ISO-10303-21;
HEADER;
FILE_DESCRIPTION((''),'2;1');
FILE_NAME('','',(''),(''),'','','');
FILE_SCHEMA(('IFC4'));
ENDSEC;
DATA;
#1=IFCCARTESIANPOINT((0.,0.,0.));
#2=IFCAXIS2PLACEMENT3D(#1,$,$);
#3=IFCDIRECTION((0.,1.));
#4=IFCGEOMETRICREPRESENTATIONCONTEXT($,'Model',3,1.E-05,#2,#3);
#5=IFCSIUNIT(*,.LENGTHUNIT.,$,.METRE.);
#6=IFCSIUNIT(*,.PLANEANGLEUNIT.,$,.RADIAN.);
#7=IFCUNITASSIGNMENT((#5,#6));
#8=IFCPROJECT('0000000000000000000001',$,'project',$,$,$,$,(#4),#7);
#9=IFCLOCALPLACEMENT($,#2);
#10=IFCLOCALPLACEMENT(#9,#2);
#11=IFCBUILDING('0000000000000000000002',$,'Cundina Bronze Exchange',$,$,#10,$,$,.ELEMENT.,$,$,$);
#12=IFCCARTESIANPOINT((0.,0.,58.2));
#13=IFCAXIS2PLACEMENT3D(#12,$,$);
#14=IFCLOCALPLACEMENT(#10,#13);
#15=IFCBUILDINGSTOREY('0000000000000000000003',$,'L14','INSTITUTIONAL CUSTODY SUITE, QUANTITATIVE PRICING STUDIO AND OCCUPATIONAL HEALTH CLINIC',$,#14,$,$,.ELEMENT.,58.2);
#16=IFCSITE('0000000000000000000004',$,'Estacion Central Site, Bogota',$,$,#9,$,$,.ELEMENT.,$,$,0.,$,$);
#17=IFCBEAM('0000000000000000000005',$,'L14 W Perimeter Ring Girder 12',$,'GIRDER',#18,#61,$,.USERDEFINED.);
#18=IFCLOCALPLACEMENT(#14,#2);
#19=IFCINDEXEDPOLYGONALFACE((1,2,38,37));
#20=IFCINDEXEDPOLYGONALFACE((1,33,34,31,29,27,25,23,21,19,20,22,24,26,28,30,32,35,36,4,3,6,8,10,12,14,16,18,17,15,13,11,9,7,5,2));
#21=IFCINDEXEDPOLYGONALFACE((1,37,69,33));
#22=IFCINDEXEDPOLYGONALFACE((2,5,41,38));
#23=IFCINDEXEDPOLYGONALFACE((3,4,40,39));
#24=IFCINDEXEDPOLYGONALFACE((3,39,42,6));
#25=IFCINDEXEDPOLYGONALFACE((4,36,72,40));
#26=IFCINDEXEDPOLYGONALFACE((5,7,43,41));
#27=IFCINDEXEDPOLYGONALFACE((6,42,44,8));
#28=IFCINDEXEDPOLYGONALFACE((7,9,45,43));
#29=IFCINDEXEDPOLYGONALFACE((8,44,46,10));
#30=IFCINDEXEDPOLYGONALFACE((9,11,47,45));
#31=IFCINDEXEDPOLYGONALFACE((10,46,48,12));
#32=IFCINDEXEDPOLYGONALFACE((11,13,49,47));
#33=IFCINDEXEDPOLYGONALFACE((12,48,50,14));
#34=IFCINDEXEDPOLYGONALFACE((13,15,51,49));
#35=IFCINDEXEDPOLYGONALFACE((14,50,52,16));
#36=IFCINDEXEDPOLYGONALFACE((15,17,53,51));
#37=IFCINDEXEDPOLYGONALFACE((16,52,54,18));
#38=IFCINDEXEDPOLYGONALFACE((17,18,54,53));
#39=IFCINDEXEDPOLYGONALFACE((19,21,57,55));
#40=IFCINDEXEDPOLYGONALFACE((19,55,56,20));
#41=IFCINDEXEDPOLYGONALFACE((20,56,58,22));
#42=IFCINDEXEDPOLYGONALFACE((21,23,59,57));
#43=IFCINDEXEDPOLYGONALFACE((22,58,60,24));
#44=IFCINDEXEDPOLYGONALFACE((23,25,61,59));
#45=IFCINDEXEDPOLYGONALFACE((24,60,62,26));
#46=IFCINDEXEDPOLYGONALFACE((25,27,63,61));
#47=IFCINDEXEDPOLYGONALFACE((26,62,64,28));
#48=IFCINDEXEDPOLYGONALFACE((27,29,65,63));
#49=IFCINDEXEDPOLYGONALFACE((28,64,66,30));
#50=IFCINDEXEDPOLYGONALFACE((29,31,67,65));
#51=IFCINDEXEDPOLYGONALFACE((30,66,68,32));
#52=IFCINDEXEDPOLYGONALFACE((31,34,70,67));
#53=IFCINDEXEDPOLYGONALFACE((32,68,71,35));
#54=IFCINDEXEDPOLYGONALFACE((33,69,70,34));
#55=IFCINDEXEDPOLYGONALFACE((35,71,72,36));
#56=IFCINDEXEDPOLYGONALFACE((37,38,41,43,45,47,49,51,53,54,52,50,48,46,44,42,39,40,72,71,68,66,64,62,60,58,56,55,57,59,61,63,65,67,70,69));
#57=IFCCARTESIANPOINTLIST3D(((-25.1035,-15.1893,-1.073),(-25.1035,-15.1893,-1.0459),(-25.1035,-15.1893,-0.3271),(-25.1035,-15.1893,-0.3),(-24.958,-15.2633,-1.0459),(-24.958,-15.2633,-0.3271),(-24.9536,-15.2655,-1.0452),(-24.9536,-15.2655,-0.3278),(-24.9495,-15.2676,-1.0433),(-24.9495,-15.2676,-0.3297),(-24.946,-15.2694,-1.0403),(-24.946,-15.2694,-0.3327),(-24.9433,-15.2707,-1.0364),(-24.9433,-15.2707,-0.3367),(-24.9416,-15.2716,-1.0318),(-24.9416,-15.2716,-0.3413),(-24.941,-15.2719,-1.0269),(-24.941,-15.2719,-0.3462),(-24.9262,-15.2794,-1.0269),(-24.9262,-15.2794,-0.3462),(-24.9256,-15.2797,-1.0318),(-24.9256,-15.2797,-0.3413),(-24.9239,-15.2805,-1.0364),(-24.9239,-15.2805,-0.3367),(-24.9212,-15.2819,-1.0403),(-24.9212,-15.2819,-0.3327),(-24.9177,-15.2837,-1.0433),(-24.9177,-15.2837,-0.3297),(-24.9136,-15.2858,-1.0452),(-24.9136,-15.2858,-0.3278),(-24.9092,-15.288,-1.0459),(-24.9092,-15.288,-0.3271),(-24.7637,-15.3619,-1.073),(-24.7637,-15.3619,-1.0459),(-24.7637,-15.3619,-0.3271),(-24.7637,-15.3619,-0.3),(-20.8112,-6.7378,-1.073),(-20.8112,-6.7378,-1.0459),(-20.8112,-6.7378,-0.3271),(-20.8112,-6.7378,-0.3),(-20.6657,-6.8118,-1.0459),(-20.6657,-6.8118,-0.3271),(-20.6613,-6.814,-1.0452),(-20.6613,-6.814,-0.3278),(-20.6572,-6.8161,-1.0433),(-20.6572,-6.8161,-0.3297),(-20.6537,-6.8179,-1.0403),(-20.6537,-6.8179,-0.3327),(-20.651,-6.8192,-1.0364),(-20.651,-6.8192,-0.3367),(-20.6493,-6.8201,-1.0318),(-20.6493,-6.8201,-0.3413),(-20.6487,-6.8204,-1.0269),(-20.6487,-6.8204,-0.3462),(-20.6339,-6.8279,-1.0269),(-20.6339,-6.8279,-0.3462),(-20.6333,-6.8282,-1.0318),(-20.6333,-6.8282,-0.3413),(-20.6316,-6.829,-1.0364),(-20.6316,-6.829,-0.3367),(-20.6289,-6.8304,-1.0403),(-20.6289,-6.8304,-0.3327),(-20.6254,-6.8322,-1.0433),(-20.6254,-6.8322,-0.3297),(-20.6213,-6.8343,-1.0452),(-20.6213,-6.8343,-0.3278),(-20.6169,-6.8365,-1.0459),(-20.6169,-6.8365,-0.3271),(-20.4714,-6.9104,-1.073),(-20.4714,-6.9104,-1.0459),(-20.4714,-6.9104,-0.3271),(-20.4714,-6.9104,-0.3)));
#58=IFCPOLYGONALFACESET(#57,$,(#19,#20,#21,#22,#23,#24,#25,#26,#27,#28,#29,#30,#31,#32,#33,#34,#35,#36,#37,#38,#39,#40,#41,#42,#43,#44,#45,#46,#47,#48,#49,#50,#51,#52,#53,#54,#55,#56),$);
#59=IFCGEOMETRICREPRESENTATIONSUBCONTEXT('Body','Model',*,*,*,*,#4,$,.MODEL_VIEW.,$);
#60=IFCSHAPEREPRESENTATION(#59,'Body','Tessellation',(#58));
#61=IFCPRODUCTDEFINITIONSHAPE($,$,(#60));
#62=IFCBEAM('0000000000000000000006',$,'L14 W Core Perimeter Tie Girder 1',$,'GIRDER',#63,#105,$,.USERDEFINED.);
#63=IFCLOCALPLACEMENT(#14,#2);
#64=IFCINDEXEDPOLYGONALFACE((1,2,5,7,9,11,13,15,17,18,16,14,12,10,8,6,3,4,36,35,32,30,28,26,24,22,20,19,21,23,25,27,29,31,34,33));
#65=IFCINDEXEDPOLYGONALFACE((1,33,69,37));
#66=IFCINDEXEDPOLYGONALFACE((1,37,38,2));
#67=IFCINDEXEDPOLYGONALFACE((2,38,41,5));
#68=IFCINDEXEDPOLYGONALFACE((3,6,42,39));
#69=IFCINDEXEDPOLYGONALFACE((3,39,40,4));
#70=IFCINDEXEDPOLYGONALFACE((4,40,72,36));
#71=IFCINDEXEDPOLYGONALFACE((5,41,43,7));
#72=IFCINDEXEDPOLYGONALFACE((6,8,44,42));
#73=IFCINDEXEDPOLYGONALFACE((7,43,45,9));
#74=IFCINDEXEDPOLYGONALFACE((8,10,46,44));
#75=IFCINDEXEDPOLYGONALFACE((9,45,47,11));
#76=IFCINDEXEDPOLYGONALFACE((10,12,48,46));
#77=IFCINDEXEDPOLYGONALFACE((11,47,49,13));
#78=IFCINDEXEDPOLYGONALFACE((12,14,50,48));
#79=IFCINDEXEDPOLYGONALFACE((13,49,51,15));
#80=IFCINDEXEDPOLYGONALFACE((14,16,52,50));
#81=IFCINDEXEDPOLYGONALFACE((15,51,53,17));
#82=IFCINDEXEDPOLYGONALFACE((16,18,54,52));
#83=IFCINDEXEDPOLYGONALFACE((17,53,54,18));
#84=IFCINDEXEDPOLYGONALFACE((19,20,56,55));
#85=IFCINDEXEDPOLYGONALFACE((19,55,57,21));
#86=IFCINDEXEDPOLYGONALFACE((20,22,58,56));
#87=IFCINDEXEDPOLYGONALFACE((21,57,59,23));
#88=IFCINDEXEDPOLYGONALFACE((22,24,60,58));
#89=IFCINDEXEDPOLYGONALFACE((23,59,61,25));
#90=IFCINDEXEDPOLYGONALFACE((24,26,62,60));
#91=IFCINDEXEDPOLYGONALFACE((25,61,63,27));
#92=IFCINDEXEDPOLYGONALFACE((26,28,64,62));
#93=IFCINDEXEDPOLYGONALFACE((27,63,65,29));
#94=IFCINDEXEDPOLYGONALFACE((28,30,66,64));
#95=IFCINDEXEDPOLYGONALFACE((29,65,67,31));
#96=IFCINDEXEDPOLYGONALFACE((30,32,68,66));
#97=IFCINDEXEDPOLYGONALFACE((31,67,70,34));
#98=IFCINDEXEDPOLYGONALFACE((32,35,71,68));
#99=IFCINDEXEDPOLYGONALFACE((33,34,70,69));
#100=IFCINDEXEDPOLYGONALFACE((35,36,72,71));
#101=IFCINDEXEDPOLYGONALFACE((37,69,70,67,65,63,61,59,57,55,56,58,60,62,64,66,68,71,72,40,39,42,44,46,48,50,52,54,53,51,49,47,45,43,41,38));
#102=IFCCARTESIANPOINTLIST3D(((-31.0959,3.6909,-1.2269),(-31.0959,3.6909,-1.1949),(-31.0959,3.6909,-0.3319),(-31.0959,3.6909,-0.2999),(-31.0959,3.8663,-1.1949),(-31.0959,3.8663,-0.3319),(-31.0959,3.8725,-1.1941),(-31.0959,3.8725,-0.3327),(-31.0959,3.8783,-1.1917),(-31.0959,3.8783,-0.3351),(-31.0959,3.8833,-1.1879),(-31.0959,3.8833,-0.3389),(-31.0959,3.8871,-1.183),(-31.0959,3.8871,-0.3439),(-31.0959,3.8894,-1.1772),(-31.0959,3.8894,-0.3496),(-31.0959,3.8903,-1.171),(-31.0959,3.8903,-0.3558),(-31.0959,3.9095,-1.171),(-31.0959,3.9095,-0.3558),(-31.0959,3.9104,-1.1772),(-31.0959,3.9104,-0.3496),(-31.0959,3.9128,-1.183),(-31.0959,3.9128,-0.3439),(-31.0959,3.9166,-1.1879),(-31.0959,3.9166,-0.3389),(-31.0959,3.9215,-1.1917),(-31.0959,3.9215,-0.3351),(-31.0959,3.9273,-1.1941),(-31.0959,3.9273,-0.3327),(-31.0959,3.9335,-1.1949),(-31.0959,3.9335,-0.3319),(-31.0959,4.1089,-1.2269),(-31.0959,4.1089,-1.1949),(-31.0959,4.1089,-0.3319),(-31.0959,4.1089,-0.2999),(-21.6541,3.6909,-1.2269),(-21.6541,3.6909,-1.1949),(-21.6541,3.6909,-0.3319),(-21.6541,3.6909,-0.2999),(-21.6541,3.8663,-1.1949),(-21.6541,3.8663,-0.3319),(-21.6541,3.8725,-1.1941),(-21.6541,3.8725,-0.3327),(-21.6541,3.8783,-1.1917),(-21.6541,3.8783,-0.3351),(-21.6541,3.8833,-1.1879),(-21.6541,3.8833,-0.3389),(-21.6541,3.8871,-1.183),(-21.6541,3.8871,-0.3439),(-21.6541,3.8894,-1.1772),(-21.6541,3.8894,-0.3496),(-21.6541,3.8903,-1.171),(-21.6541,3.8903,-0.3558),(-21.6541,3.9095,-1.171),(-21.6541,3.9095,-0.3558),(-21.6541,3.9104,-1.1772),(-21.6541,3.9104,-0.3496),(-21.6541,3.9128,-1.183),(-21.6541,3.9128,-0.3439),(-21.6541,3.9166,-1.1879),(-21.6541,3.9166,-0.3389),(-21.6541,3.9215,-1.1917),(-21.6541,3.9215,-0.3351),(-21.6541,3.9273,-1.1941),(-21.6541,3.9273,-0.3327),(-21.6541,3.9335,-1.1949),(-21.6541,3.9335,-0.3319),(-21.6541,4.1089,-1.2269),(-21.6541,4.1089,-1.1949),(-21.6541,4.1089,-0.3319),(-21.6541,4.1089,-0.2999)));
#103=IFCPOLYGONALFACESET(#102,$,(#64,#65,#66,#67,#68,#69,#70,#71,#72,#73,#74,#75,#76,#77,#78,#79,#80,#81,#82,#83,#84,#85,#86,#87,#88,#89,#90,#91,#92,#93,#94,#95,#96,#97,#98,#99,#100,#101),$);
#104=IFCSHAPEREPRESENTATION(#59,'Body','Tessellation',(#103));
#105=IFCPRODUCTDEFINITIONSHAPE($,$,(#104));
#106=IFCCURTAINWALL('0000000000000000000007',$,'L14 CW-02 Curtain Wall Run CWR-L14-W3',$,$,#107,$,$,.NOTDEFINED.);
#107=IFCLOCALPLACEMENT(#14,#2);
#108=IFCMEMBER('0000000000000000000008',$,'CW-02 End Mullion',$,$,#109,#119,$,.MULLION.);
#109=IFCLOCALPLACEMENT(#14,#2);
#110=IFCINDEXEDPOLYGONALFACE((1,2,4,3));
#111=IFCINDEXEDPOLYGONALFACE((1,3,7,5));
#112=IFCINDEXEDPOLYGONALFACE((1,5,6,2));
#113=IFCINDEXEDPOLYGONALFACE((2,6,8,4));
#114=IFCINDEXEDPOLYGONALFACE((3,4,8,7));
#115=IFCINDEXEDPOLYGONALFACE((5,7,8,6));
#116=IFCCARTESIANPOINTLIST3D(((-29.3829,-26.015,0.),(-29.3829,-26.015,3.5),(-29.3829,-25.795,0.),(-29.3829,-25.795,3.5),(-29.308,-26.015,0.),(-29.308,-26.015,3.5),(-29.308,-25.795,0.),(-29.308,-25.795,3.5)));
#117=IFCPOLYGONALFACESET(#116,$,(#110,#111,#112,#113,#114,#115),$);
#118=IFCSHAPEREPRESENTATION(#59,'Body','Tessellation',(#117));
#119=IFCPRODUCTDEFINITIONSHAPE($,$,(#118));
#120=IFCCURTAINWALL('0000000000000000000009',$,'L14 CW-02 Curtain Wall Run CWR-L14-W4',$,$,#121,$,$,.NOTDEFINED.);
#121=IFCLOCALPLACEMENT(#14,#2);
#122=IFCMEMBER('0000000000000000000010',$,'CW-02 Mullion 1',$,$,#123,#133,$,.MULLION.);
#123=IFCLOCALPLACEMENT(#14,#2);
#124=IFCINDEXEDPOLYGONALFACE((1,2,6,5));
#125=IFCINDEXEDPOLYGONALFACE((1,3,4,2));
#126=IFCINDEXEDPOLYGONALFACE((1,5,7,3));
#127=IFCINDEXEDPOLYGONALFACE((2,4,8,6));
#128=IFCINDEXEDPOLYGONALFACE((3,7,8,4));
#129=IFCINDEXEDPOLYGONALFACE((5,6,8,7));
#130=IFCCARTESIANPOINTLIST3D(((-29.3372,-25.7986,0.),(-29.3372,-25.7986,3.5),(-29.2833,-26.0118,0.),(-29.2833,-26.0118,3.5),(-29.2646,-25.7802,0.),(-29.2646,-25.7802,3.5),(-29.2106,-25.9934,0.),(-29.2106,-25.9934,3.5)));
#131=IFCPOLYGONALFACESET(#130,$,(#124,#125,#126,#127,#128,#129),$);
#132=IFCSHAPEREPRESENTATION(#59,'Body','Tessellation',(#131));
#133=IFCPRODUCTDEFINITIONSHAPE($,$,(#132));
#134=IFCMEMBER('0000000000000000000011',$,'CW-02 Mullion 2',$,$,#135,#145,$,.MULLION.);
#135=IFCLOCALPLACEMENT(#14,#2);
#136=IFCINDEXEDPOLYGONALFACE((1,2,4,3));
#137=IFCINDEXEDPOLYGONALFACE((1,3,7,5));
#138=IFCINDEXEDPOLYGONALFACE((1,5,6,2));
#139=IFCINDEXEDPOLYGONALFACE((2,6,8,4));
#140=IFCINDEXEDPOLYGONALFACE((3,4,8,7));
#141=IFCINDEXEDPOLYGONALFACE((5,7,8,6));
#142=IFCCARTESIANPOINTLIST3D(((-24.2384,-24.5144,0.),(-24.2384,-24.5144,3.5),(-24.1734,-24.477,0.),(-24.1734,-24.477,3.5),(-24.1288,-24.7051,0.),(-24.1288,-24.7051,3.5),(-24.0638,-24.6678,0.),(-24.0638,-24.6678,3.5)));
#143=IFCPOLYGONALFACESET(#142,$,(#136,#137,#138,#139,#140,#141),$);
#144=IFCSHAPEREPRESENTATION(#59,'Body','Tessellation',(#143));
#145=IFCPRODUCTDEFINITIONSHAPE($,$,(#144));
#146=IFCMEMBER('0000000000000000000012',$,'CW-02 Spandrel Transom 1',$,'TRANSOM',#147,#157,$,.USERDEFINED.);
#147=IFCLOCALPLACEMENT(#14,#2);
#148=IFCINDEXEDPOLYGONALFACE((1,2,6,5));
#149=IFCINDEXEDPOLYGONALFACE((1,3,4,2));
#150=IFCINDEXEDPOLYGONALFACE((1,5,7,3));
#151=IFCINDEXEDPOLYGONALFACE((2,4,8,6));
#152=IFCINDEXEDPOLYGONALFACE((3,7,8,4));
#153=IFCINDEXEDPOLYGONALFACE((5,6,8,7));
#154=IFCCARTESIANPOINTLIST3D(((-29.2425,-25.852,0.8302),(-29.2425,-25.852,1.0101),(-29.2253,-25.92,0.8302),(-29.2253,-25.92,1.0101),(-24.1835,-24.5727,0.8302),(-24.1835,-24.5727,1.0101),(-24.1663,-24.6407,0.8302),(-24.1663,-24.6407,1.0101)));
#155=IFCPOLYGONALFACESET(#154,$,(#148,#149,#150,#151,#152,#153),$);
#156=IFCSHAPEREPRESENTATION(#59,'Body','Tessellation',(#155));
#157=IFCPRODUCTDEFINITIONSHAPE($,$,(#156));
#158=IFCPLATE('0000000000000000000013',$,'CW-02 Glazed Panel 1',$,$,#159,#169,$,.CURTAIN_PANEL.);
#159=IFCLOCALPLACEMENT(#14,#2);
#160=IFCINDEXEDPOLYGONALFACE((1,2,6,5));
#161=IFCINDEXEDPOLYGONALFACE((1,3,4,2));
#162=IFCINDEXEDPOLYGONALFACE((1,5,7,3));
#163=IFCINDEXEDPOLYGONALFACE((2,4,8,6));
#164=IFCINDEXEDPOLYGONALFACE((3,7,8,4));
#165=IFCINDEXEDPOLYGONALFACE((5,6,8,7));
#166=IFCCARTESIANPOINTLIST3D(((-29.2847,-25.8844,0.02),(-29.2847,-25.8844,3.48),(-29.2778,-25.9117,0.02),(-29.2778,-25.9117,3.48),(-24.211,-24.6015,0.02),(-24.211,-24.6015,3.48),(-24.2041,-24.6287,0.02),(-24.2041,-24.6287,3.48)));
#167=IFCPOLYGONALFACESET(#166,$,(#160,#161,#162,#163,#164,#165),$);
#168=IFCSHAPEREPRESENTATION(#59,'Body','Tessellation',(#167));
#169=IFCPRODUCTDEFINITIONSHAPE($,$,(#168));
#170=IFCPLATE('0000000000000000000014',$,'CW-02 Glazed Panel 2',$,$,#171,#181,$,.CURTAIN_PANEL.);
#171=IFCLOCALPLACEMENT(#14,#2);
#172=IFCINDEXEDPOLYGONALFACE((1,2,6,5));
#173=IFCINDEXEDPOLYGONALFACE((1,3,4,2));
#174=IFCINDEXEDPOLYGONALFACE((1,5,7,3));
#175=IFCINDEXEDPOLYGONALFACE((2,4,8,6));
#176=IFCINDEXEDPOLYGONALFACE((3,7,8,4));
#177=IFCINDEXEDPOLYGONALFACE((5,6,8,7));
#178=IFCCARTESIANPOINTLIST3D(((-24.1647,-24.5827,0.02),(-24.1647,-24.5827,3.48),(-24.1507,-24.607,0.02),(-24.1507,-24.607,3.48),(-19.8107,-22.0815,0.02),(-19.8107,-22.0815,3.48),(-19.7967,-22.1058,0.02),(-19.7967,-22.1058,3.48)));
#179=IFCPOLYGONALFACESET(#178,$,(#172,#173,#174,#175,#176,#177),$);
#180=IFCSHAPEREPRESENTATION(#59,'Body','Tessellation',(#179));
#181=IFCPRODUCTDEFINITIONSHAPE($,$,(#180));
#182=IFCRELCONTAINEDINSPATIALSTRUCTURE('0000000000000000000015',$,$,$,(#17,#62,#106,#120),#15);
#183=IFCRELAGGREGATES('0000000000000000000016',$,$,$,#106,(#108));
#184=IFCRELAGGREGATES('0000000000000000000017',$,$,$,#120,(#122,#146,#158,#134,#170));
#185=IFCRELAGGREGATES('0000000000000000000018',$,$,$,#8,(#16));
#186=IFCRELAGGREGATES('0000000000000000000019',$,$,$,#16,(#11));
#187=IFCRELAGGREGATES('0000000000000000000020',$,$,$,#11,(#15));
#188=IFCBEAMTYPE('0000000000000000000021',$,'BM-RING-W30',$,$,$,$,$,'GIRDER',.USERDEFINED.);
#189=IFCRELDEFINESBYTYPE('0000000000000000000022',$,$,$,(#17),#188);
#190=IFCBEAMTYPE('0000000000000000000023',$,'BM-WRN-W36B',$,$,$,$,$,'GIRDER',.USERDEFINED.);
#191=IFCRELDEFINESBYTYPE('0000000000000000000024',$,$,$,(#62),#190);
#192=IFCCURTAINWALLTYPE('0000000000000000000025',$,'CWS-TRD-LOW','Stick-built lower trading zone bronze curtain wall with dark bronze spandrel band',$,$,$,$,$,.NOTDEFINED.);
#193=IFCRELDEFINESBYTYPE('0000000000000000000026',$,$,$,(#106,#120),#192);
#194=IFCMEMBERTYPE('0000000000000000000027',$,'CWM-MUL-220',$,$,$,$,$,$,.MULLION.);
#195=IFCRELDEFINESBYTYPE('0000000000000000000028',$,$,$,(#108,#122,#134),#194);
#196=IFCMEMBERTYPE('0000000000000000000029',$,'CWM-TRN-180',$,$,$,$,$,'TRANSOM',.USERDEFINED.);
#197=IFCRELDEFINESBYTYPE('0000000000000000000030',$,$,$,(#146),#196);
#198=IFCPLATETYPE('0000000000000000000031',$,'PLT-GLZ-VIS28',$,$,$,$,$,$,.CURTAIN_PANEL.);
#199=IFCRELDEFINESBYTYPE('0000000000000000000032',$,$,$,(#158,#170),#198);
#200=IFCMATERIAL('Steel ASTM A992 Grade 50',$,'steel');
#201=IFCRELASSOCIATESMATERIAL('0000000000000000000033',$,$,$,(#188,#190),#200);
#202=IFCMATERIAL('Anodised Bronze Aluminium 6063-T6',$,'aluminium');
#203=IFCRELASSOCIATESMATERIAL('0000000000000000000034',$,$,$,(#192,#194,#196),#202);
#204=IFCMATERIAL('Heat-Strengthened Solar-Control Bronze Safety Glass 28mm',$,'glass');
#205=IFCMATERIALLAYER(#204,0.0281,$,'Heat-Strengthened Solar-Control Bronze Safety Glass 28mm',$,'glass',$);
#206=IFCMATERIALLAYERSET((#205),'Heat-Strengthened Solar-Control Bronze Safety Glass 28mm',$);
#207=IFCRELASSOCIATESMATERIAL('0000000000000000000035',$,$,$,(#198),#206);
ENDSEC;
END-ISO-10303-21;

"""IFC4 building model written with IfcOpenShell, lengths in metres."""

from ifc_helpers import new_model, si_unit, direction, frame, origin, origin_2d, place, context, subcontext, project, spatial, rectangle, i_section, extrude, material, layer, layer_set, material_profile, profile_set, type_object, element, aggregate, save


model = new_model("IFC4")

# Units and contexts
model_context = context("Model", 3, precision=1e-05, world=origin(), true_north=direction((0.0, 1.0)))
body_context = subcontext(model_context, "Body", "Model", "MODEL_VIEW")
ifc_project = project(units=[si_unit("LENGTHUNIT", "METRE"), si_unit("PLANEANGLEUNIT", "RADIAN")], contexts=[model_context])

# Site, building, storey
site_placement = place(None, origin())
site = spatial("IfcSite", under=ifc_project, at=site_placement, Name="Estacion Central Site, Bogota", CompositionType="ELEMENT", RefElevation=0.0)
building_placement = place(site_placement, origin())
building = spatial("IfcBuilding", under=site, at=building_placement, Name="Cundina Bronze Exchange", CompositionType="ELEMENT")
storey_placement = place(building_placement, frame((0.0, 0.0, 58.2)))
storey = spatial("IfcBuildingStorey", under=building, at=storey_placement, Name="L14", Description="INSTITUTIONAL CUSTODY SUITE, QUANTITATIVE PRICING STUDIO AND OCCUPATIONAL HEALTH CLINIC", CompositionType="ELEMENT", Elevation=58.2)

# Shared definitions
ifc_material_1 = material(Name="Steel ASTM A992 Grade 50", Category="steel")

# Beams
ifc_material_profile_1 = material_profile(ifc_material_1, i_section(OverallWidth=0.3811, OverallDepth=0.7729, WebThickness=0.0166, FlangeThickness=0.0271, FilletRadius=0.019, at=origin_2d()), Name="W30X173", Category="steel")
ifc_profile_set_1 = profile_set([ifc_material_profile_1], Name="Steel ASTM A992 Grade 50")
beam_type_1 = type_object("IfcBeamType", Name="BM-RING-W30", ElementType="GIRDER", PredefinedType="USERDEFINED", material=ifc_profile_set_1)
beam_1_placement = place(storey_placement, frame((-24.9336, -15.2756, -0.6865), z_axis=(0.45282, 0.891602, 0.0), x_axis=(-0.891602, 0.45282, 0.0)))
element("IfcBeam", 1, at=beam_1_placement, inside=storey, type_object=beam_type_1, Name="L14 W Perimeter Ring Girder 12", ObjectType="GIRDER", PredefinedType="USERDEFINED", context=body_context, shape_type="SweptSolid", body=[
    extrude(i_section(OverallWidth=0.3811, OverallDepth=0.7729, WebThickness=0.0166, FlangeThickness=0.0271, FilletRadius=0.019, at=origin_2d()), origin(), (0.0, 0.0, 1.0), 9.479),
])
ifc_material_profile_2 = material_profile(ifc_material_1, i_section(OverallWidth=0.418, OverallDepth=0.927, WebThickness=0.0193, FlangeThickness=0.032, FilletRadius=0.0239, at=origin_2d()), Name="W36X231", Category="steel")
ifc_profile_set_2 = profile_set([ifc_material_profile_2], Name="Steel ASTM A992 Grade 50")
beam_type_2 = type_object("IfcBeamType", Name="BM-WRN-W36B", ElementType="GIRDER", PredefinedType="USERDEFINED", material=ifc_profile_set_2)
beam_2_placement = place(storey_placement, frame((-31.0959, 3.8999, -0.7634), z_axis=(1.0, 0.0, 0.0), x_axis=(0.0, 1.0, 0.0)))
element("IfcBeam", 2, at=beam_2_placement, inside=storey, type_object=beam_type_2, Name="L14 W Core Perimeter Tie Girder 1", ObjectType="GIRDER", PredefinedType="USERDEFINED", context=body_context, shape_type="SweptSolid", body=[
    extrude(i_section(OverallWidth=0.418, OverallDepth=0.927, WebThickness=0.0193, FlangeThickness=0.032, FilletRadius=0.0239, at=origin_2d()), origin(), (0.0, 0.0, 1.0), 9.4419),
])

# Curtain wall, member
ifc_material_2 = material(Name="Anodised Bronze Aluminium 6063-T6", Category="aluminium")
curtain_wall_type = type_object("IfcCurtainWallType", Name="CWS-TRD-LOW", Description="Stick-built lower trading zone bronze curtain wall with dark bronze spandrel band", PredefinedType="NOTDEFINED", material=ifc_material_2)
curtain_wall_1_placement = place(storey_placement, origin())
curtain_wall_1 = element("IfcCurtainWall", 3, at=curtain_wall_1_placement, inside=storey, type_object=curtain_wall_type, Name="L14 CW-02 Curtain Wall Run CWR-L14-W3", PredefinedType="NOTDEFINED")
ifc_material_profile_3 = material_profile(ifc_material_2, rectangle(XDim=0.075, YDim=0.22, at=origin_2d()), Name="AL75X220", Category="aluminium")
ifc_profile_set_3 = profile_set([ifc_material_profile_3], Name="Anodised Bronze Aluminium 6063-T6")
member_type_1 = type_object("IfcMemberType", Name="CWM-MUL-220", PredefinedType="MULLION", material=ifc_profile_set_3)
member_1_placement = place(storey_placement, frame((-29.3455, -25.905, 0.0), z_axis=(0.0, 0.0, 1.0), x_axis=(1.0, 0.0, 0.0)))
member_1 = element("IfcMember", 4, at=member_1_placement, type_object=member_type_1, Name="CW-02 End Mullion", PredefinedType="MULLION", context=body_context, shape_type="SweptSolid", body=[
    extrude(rectangle(XDim=0.075, YDim=0.22, at=origin_2d()), origin(), (0.0, 0.0, 1.0), 3.5),
])
aggregate(curtain_wall_1, [member_1])

# Curtain wall, members, plates
curtain_wall_2_placement = place(storey_placement, origin())
curtain_wall_2 = element("IfcCurtainWall", 5, at=curtain_wall_2_placement, inside=storey, type_object=curtain_wall_type, Name="L14 CW-02 Curtain Wall Run CWR-L14-W4", PredefinedType="NOTDEFINED")
member_2_placement = place(storey_placement, frame((-29.2739, -25.896, 0.0), z_axis=(0.0, 0.0, 1.0), x_axis=(0.969488, 0.245138, 0.0)))
member_2 = element("IfcMember", 6, at=member_2_placement, type_object=member_type_1, Name="CW-02 Mullion 1", PredefinedType="MULLION", context=body_context, shape_type="SweptSolid", body=[
    extrude(rectangle(XDim=0.075, YDim=0.22, at=origin_2d()), origin(), (0.0, 0.0, 1.0), 3.5),
])
member_3_placement = place(storey_placement, frame((-24.1511, -24.5911, 0.0), z_axis=(0.0, 0.0, 1.0), x_axis=(0.867071, 0.498185, 0.0)))
member_3 = element("IfcMember", 7, at=member_3_placement, type_object=member_type_1, Name="CW-02 Mullion 2", PredefinedType="MULLION", context=body_context, shape_type="SweptSolid", body=[
    extrude(rectangle(XDim=0.075, YDim=0.22, at=origin_2d()), origin(), (0.0, 0.0, 1.0), 3.5),
])
ifc_material_profile_4 = material_profile(ifc_material_2, rectangle(XDim=0.0701, YDim=0.1799, at=origin_2d()), Name="AL70X180", Category="aluminium")
ifc_profile_set_4 = profile_set([ifc_material_profile_4], Name="Anodised Bronze Aluminium 6063-T6")
member_type_2 = type_object("IfcMemberType", Name="CWM-TRN-180", ElementType="TRANSOM", PredefinedType="USERDEFINED", material=ifc_profile_set_4)
member_4_placement = place(storey_placement, frame((-29.2339, -25.886, 0.9202), z_axis=(0.969484, 0.245155, 0.0), x_axis=(-0.245155, 0.969484, 0.0)))
member_4 = element("IfcMember", 8, at=member_4_placement, type_object=member_type_2, Name="CW-02 Spandrel Transom 1", ObjectType="TRANSOM", PredefinedType="USERDEFINED", context=body_context, shape_type="SweptSolid", body=[
    extrude(rectangle(XDim=0.0701, YDim=0.1799, at=origin_2d()), origin(), (0.0, 0.0, 1.0), 5.2183),
])
ifc_material_3 = material(Name="Heat-Strengthened Solar-Control Bronze Safety Glass 28mm", Category="glass")
ifc_layer_1 = layer(ifc_material_3, 0.0281, Name="Heat-Strengthened Solar-Control Bronze Safety Glass 28mm", Category="glass")
ifc_layer_set_1 = layer_set([ifc_layer_1], Name="Heat-Strengthened Solar-Control Bronze Safety Glass 28mm")
plate_type = type_object("IfcPlateType", Name="PLT-GLZ-VIS28", PredefinedType="CURTAIN_PANEL", material=ifc_layer_set_1)
plate_1_placement = place(storey_placement, frame((-26.7444, -25.2566, 0.02), z_axis=(0.0, 0.0, 1.0), x_axis=(0.969488, 0.245138, 0.0)))
plate_1 = element("IfcPlate", 9, at=plate_1_placement, type_object=plate_type, Name="CW-02 Glazed Panel 1", PredefinedType="CURTAIN_PANEL", context=body_context, shape_type="SweptSolid", body=[
    extrude(rectangle(XDim=5.2334, YDim=0.0281, at=origin_2d()), origin(), (0.0, 0.0, 1.0), 3.46),
])
plate_2_placement = place(storey_placement, frame((-21.9807, -23.3442, 0.02), z_axis=(0.0, 0.0, 1.0), x_axis=(0.867105, 0.498125, 0.0)))
plate_2 = element("IfcPlate", 10, at=plate_2_placement, type_object=plate_type, Name="CW-02 Glazed Panel 2", PredefinedType="CURTAIN_PANEL", context=body_context, shape_type="SweptSolid", body=[
    extrude(rectangle(XDim=5.0212, YDim=0.0281, at=origin_2d()), origin(), (0.0, 0.0, 1.0), 3.46),
])
aggregate(curtain_wall_2, [member_2, member_4, plate_1, member_3, plate_2])

save(model, "model.ifc")
